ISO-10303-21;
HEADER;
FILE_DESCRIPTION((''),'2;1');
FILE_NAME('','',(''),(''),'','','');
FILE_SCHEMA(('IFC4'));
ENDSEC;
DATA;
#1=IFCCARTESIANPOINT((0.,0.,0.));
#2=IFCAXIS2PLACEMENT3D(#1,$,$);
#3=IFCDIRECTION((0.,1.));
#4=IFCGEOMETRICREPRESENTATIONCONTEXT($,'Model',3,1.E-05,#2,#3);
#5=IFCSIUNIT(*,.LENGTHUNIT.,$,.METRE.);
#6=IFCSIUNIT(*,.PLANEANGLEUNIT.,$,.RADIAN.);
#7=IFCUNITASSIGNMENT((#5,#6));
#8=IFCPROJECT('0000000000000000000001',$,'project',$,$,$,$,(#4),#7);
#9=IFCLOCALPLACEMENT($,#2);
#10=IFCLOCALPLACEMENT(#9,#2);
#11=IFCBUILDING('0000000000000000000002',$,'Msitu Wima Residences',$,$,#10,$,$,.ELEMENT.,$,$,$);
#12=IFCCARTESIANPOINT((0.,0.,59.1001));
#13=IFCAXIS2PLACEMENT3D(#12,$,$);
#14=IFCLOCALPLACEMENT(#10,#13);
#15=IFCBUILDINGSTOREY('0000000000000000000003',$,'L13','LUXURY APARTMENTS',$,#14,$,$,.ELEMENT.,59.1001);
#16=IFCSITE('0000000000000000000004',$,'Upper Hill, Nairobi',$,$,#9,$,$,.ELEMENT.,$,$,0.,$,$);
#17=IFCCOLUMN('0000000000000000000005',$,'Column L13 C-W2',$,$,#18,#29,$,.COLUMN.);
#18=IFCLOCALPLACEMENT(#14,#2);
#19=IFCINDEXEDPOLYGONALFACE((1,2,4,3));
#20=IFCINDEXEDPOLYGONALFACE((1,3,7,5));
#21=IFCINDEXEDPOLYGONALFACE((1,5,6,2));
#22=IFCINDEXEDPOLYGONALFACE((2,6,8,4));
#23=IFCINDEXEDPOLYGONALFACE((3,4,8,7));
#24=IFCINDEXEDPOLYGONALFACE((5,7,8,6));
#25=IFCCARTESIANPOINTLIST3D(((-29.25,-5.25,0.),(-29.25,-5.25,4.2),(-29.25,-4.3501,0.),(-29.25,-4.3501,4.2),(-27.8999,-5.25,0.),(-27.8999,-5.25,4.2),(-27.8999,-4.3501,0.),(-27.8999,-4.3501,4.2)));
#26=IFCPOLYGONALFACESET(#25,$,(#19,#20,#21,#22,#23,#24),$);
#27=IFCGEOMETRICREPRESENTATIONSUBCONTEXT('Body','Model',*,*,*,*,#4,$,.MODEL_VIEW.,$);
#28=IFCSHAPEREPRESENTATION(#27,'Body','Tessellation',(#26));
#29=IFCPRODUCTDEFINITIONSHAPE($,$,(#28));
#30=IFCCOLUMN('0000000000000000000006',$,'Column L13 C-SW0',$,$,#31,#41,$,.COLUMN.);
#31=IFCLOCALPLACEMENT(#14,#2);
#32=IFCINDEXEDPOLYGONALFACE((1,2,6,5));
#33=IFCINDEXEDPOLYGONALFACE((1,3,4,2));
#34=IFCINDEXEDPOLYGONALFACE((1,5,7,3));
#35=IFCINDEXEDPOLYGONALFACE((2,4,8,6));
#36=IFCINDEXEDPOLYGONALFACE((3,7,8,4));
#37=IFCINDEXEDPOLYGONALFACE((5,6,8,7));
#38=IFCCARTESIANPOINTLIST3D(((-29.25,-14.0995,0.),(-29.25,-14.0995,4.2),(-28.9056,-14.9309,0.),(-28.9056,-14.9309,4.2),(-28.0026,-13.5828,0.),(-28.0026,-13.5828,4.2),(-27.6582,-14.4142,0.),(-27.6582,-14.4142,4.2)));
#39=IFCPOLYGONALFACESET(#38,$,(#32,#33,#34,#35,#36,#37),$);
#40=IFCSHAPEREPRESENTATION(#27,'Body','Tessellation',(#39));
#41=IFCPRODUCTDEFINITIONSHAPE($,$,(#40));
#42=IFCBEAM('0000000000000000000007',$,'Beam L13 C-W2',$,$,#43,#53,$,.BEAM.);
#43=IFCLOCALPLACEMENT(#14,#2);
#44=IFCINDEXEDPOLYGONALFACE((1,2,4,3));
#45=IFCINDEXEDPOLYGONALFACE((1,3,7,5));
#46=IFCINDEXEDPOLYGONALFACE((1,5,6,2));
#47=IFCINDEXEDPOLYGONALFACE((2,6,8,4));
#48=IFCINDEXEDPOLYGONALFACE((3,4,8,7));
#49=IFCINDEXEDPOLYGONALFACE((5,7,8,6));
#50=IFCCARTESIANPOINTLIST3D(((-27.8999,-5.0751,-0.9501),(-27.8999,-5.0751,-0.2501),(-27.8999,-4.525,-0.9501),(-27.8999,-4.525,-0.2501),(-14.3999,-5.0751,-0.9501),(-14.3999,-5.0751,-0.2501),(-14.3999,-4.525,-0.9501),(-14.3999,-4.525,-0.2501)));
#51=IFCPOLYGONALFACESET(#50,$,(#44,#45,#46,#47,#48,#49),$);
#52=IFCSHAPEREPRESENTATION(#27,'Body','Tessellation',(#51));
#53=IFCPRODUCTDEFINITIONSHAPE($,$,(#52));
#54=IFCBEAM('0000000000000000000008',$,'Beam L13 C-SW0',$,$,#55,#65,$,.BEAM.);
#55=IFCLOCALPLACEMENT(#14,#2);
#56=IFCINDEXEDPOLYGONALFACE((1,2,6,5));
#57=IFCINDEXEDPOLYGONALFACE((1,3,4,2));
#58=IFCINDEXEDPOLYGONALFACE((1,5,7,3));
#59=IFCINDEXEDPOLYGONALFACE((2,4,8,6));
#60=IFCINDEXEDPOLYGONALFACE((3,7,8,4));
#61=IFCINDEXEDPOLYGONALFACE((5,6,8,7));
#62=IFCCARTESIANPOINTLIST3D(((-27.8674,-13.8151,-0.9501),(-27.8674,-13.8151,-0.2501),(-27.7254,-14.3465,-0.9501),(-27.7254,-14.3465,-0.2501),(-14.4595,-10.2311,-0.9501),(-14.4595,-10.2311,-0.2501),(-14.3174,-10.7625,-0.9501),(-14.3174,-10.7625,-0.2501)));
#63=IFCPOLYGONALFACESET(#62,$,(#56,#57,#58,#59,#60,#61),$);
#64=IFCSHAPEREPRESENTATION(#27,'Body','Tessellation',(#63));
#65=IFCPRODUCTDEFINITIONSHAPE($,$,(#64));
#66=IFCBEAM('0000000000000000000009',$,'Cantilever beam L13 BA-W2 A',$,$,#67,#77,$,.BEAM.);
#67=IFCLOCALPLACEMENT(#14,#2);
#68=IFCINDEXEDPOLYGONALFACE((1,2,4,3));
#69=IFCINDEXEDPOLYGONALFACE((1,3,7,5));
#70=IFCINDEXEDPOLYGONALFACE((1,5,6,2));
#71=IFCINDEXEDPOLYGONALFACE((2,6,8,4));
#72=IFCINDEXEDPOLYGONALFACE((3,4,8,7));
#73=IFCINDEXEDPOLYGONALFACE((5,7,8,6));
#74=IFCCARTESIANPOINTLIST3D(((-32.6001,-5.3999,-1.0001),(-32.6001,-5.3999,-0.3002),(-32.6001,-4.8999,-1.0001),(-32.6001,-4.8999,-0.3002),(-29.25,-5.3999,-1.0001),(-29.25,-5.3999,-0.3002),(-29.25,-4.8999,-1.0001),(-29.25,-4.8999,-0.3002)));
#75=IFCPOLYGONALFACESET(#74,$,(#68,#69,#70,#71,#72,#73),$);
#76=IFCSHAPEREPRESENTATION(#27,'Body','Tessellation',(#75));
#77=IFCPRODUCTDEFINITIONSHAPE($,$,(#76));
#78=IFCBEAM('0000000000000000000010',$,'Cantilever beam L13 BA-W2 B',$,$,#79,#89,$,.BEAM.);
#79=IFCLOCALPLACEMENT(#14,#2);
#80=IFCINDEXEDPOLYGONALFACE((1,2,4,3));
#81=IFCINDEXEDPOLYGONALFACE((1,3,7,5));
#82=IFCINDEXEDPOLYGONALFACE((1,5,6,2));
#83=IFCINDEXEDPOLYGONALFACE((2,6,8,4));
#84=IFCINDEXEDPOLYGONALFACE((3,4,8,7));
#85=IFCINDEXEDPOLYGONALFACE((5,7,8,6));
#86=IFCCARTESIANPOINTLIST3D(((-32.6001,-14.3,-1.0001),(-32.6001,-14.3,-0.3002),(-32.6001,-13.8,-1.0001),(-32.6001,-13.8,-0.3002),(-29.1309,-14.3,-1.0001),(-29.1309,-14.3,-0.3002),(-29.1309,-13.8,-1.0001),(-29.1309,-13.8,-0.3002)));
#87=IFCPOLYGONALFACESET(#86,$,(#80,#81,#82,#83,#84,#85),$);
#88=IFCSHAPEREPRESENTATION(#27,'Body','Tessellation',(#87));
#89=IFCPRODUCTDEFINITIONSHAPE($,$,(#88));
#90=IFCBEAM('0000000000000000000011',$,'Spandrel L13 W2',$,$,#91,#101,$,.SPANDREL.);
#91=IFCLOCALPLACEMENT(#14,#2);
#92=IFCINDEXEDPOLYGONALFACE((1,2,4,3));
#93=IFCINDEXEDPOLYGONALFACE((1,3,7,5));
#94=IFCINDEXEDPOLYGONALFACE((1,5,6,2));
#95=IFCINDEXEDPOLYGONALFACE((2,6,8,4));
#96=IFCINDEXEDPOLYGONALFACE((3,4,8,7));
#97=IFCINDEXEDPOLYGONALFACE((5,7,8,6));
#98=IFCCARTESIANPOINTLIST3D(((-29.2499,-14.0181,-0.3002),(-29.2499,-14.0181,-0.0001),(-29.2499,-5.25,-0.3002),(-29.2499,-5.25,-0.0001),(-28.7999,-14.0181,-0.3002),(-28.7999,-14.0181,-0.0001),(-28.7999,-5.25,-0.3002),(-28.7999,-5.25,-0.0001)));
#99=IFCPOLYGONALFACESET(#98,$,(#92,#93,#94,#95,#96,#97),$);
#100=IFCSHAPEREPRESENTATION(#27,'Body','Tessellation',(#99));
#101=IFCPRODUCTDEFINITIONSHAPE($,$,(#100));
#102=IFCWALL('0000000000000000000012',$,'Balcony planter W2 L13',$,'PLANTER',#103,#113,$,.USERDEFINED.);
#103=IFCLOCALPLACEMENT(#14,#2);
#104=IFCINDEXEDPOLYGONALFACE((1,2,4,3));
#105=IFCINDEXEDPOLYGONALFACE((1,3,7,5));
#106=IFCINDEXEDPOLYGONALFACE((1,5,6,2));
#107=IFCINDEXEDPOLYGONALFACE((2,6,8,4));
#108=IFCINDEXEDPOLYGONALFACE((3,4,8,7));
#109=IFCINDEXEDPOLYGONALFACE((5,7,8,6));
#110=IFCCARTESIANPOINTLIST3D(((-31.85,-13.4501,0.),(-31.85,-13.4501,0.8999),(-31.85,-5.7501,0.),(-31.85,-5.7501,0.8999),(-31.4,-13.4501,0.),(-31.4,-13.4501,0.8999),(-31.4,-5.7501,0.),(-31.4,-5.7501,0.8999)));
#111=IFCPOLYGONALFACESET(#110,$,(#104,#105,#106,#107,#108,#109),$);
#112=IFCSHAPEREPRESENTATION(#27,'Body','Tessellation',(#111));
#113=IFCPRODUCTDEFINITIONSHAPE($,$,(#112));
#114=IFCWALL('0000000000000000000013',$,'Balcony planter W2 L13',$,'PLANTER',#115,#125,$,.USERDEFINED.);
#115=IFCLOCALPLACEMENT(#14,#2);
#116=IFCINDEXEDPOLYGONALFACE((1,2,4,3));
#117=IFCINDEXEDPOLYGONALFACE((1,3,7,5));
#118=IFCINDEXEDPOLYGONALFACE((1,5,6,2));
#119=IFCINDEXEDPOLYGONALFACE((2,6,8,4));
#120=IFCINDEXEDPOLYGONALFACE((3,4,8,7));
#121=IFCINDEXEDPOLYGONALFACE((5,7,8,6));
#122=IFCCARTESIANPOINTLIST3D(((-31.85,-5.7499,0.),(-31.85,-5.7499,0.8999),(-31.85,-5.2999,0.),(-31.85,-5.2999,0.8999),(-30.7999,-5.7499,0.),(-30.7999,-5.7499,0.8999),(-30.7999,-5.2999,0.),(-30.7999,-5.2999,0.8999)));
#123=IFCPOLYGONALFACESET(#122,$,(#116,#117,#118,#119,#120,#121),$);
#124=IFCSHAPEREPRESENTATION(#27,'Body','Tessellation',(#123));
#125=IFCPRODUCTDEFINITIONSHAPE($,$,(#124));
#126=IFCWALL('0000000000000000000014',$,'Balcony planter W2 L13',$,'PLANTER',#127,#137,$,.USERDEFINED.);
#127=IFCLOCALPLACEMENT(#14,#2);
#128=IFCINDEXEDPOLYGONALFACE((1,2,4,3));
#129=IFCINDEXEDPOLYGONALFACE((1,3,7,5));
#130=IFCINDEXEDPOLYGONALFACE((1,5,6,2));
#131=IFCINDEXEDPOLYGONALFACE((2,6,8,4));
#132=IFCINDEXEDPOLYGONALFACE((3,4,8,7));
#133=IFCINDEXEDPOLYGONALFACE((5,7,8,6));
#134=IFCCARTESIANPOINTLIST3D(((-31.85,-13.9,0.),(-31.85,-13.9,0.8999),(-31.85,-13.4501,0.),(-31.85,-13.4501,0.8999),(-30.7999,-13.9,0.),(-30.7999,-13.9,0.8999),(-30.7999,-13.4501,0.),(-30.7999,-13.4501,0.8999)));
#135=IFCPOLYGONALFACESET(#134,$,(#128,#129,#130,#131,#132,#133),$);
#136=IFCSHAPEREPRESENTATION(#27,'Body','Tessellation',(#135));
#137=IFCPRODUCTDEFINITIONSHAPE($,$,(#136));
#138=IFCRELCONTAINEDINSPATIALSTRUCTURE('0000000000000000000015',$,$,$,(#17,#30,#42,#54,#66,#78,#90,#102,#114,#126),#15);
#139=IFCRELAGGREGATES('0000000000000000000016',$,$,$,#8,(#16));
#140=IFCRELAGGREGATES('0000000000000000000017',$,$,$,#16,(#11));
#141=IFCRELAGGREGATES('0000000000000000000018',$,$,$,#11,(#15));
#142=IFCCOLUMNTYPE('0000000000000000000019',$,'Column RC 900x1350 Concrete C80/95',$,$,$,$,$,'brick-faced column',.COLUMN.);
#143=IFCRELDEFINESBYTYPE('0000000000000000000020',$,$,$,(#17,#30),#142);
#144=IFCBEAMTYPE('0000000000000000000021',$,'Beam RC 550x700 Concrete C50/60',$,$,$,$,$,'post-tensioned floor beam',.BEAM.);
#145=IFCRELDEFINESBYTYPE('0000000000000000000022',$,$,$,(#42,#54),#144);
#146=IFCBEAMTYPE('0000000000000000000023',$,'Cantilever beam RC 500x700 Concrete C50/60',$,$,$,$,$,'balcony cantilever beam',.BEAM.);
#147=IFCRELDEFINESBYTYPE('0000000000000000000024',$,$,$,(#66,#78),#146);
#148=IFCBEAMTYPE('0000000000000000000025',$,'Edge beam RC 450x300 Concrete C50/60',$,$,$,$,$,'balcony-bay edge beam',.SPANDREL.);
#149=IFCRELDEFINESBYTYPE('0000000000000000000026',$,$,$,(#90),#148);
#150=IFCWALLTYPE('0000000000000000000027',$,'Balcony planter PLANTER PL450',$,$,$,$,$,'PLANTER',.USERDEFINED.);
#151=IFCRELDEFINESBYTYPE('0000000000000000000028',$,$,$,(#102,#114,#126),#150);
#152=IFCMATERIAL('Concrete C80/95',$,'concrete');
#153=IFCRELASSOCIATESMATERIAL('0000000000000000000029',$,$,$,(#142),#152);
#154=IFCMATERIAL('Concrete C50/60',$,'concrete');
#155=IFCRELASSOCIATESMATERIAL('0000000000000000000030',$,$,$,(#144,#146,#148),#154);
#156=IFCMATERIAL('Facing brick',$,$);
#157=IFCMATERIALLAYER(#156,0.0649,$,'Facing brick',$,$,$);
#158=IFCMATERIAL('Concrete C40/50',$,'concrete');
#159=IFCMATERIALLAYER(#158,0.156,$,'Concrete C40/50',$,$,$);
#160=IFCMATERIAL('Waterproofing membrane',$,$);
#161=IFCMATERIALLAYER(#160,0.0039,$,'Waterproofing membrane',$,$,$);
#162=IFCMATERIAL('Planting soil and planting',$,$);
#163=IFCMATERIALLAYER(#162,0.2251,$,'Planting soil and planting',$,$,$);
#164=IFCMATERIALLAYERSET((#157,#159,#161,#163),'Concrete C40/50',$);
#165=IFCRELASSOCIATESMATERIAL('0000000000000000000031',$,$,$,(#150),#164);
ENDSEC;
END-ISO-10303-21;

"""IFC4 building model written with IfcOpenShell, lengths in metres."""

from ifc_helpers import new_model, si_unit, direction, frame, frame_2d, origin, origin_2d, place, context, subcontext, project, spatial, rectangle, extrude, material, layer, layer_set, material_profile, profile_set, type_object, element, save


model = new_model("IFC4")

# Units and contexts
model_context = context("Model", 3, precision=1e-05, world=origin(), true_north=direction((0.0, 1.0)))
body_context = subcontext(model_context, "Body", "Model", "MODEL_VIEW")
ifc_project = project(units=[si_unit("LENGTHUNIT", "METRE"), si_unit("PLANEANGLEUNIT", "RADIAN")], contexts=[model_context])

# Site, building, storey
site_placement = place(None, origin())
site = spatial("IfcSite", under=ifc_project, at=site_placement, Name="Upper Hill, Nairobi", CompositionType="ELEMENT", RefElevation=0.0)
building_placement = place(site_placement, origin())
building = spatial("IfcBuilding", under=site, at=building_placement, Name="Msitu Wima Residences", CompositionType="ELEMENT")
storey_placement = place(building_placement, frame((0.0, 0.0, 59.1001)))
storey = spatial("IfcBuildingStorey", under=building, at=storey_placement, Name="L13", Description="LUXURY APARTMENTS", CompositionType="ELEMENT", Elevation=59.1001)

# Columns
ifc_material_1 = material(Name="Concrete C80/95", Category="concrete")
ifc_material_profile_1 = material_profile(ifc_material_1, rectangle(XDim=0.8999, YDim=1.3501, at=origin_2d()), Name="RC 900x1350")
ifc_profile_set_1 = profile_set([ifc_material_profile_1], Name="Concrete C80/95")
column_type = type_object("IfcColumnType", Name="Column RC 900x1350 Concrete C80/95", ElementType="brick-faced column", PredefinedType="COLUMN", material=ifc_profile_set_1)
for number, where, z_axis, x_axis, name in (
    (1, (-28.575, -4.8, 0.0), (0.0, 0.0, 1.0), (0.0, -1.0, 0.0), "Column L13 C-W2"),
    (2, (-28.4541, -14.2568, 0.0), (0.0, 0.0, 1.0), (0.382683, -0.92388, 0.0), "Column L13 C-SW0"),
):
    element("IfcColumn", number, at=place(storey_placement, frame(where, z_axis=z_axis, x_axis=x_axis)), inside=storey, type_object=column_type, Name=name, PredefinedType="COLUMN", context=body_context, shape_type="SweptSolid", body=[
        extrude(rectangle(XDim=0.8999, YDim=1.3501, at=origin_2d()), origin(), (0.0, 0.0, 1.0), 4.2),
    ])

# Beams
ifc_material_2 = material(Name="Concrete C50/60", Category="concrete")
ifc_material_profile_2 = material_profile(ifc_material_2, rectangle(XDim=0.55, YDim=0.7, at=origin_2d()), Name="RC 550x700")
ifc_profile_set_2 = profile_set([ifc_material_profile_2], Name="Concrete C50/60")
beam_type_1 = type_object("IfcBeamType", Name="Beam RC 550x700 Concrete C50/60", ElementType="post-tensioned floor beam", PredefinedType="BEAM", material=ifc_profile_set_2)
beam_1_placement = place(storey_placement, frame((-27.8999, -4.8, -0.6001), z_axis=(1.0, 0.0, 0.0), x_axis=(0.0, 1.0, 0.0)))
element("IfcBeam", 3, at=beam_1_placement, inside=storey, type_object=beam_type_1, Name="Beam L13 C-W2", PredefinedType="BEAM", context=body_context, shape_type="SweptSolid", body=[
    extrude(rectangle(XDim=0.55, YDim=0.7, at=origin_2d()), origin(), (0.0, 0.0, 1.0), 13.5),
])
beam_2_placement = place(storey_placement, frame((-27.7964, -14.0808, -0.6001), z_axis=(0.966082, 0.258236, 0.0), x_axis=(-0.258236, 0.966082, 0.0)))
element("IfcBeam", 4, at=beam_2_placement, inside=storey, type_object=beam_type_1, Name="Beam L13 C-SW0", PredefinedType="BEAM", context=body_context, shape_type="SweptSolid", body=[
    extrude(rectangle(XDim=0.55, YDim=0.7, at=origin_2d()), origin(), (0.0, 0.0, 1.0), 13.8787),
])
ifc_material_profile_3 = material_profile(ifc_material_2, rectangle(XDim=0.5, YDim=0.7, at=origin_2d()), Name="RC 500x700")
ifc_profile_set_3 = profile_set([ifc_material_profile_3], Name="Concrete C50/60")
beam_type_2 = type_object("IfcBeamType", Name="Cantilever beam RC 500x700 Concrete C50/60", ElementType="balcony cantilever beam", PredefinedType="BEAM", material=ifc_profile_set_3)
beam_3_placement = place(storey_placement, frame((-29.25, -5.1499, -0.6501), z_axis=(-1.0, 0.0, 0.0), x_axis=(0.0, -1.0, 0.0)))
element("IfcBeam", 5, at=beam_3_placement, inside=storey, type_object=beam_type_2, Name="Cantilever beam L13 BA-W2 A", PredefinedType="BEAM", context=body_context, shape_type="SweptSolid", body=[
    extrude(rectangle(XDim=0.5, YDim=0.7, at=origin_2d()), origin(), (0.0, 0.0, 1.0), 3.3501),
])
beam_4_placement = place(storey_placement, frame((-29.1309, -14.05, -0.6501), z_axis=(-1.0, 0.0, 0.0), x_axis=(0.0, -1.0, 0.0)))
element("IfcBeam", 6, at=beam_4_placement, inside=storey, type_object=beam_type_2, Name="Cantilever beam L13 BA-W2 B", PredefinedType="BEAM", context=body_context, shape_type="SweptSolid", body=[
    extrude(rectangle(XDim=0.5, YDim=0.7, at=origin_2d()), origin(), (0.0, 0.0, 1.0), 3.4692),
])
ifc_material_profile_4 = material_profile(ifc_material_2, rectangle(XDim=0.45, YDim=0.3, at=origin_2d()), Name="RC 450x300")
ifc_profile_set_4 = profile_set([ifc_material_profile_4], Name="Concrete C50/60")
beam_type_3 = type_object("IfcBeamType", Name="Edge beam RC 450x300 Concrete C50/60", ElementType="balcony-bay edge beam", PredefinedType="SPANDREL", material=ifc_profile_set_4)
beam_5_placement = place(storey_placement, frame((-29.0249, -5.25, -0.1501), z_axis=(0.0, -1.0, 0.0), x_axis=(1.0, 0.0, 0.0)))
element("IfcBeam", 7, at=beam_5_placement, inside=storey, type_object=beam_type_3, Name="Spandrel L13 W2", PredefinedType="SPANDREL", context=body_context, shape_type="SweptSolid", body=[
    extrude(rectangle(XDim=0.45, YDim=0.3, at=origin_2d()), origin(), (0.0, 0.0, 1.0), 8.7681),
])

# Walls
ifc_material_3 = material(Name="Facing brick")
ifc_layer_1 = layer(ifc_material_3, 0.0649, Name="Facing brick")
ifc_material_4 = material(Name="Concrete C40/50", Category="concrete")
ifc_layer_2 = layer(ifc_material_4, 0.156, Name="Concrete C40/50")
ifc_material_5 = material(Name="Waterproofing membrane")
ifc_layer_3 = layer(ifc_material_5, 0.0039, Name="Waterproofing membrane")
ifc_material_6 = material(Name="Planting soil and planting")
ifc_layer_4 = layer(ifc_material_6, 0.2251, Name="Planting soil and planting")
ifc_layer_set_1 = layer_set([ifc_layer_1, ifc_layer_2, ifc_layer_3, ifc_layer_4], Name="Concrete C40/50")
wall_type_1 = type_object("IfcWallType", Name="Balcony planter PLANTER PL450", ElementType="PLANTER", PredefinedType="USERDEFINED", material=ifc_layer_set_1)
wall_1_placement = place(storey_placement, frame((-31.625, -5.75, 0.0), z_axis=(0.0, 0.0, 1.0), x_axis=(0.0, -1.0, 0.0)))
element("IfcWall", 8, at=wall_1_placement, inside=storey, type_object=wall_type_1, Name="Balcony planter W2 L13", ObjectType="PLANTER", PredefinedType="USERDEFINED", context=body_context, shape_type="SweptSolid", body=[
    extrude(rectangle(XDim=7.7, YDim=0.45, at=frame_2d((3.8501, 0.0))), origin(), (0.0, 0.0, 1.0), 0.8999),
])
for number, where, z_axis, x_axis, name in (
    (9, (-30.8, -5.5249, 0.0), (0.0, 0.0, 1.0), (-1.0, 0.0, 0.0), "Balcony planter W2 L13"),
    (10, (-30.8, -13.675, 0.0), (0.0, 0.0, 1.0), (-1.0, 0.0, 0.0), "Balcony planter W2 L13"),
):
    element("IfcWall", number, at=place(storey_placement, frame(where, z_axis=z_axis, x_axis=x_axis)), inside=storey, type_object=wall_type_1, Name=name, ObjectType="PLANTER", PredefinedType="USERDEFINED", context=body_context, shape_type="SweptSolid", body=[
        extrude(rectangle(XDim=1.05, YDim=0.45, at=frame_2d((0.5249, 0.0))), origin(), (0.0, 0.0, 1.0), 0.8999),
    ])

save(model, "model.ifc")
